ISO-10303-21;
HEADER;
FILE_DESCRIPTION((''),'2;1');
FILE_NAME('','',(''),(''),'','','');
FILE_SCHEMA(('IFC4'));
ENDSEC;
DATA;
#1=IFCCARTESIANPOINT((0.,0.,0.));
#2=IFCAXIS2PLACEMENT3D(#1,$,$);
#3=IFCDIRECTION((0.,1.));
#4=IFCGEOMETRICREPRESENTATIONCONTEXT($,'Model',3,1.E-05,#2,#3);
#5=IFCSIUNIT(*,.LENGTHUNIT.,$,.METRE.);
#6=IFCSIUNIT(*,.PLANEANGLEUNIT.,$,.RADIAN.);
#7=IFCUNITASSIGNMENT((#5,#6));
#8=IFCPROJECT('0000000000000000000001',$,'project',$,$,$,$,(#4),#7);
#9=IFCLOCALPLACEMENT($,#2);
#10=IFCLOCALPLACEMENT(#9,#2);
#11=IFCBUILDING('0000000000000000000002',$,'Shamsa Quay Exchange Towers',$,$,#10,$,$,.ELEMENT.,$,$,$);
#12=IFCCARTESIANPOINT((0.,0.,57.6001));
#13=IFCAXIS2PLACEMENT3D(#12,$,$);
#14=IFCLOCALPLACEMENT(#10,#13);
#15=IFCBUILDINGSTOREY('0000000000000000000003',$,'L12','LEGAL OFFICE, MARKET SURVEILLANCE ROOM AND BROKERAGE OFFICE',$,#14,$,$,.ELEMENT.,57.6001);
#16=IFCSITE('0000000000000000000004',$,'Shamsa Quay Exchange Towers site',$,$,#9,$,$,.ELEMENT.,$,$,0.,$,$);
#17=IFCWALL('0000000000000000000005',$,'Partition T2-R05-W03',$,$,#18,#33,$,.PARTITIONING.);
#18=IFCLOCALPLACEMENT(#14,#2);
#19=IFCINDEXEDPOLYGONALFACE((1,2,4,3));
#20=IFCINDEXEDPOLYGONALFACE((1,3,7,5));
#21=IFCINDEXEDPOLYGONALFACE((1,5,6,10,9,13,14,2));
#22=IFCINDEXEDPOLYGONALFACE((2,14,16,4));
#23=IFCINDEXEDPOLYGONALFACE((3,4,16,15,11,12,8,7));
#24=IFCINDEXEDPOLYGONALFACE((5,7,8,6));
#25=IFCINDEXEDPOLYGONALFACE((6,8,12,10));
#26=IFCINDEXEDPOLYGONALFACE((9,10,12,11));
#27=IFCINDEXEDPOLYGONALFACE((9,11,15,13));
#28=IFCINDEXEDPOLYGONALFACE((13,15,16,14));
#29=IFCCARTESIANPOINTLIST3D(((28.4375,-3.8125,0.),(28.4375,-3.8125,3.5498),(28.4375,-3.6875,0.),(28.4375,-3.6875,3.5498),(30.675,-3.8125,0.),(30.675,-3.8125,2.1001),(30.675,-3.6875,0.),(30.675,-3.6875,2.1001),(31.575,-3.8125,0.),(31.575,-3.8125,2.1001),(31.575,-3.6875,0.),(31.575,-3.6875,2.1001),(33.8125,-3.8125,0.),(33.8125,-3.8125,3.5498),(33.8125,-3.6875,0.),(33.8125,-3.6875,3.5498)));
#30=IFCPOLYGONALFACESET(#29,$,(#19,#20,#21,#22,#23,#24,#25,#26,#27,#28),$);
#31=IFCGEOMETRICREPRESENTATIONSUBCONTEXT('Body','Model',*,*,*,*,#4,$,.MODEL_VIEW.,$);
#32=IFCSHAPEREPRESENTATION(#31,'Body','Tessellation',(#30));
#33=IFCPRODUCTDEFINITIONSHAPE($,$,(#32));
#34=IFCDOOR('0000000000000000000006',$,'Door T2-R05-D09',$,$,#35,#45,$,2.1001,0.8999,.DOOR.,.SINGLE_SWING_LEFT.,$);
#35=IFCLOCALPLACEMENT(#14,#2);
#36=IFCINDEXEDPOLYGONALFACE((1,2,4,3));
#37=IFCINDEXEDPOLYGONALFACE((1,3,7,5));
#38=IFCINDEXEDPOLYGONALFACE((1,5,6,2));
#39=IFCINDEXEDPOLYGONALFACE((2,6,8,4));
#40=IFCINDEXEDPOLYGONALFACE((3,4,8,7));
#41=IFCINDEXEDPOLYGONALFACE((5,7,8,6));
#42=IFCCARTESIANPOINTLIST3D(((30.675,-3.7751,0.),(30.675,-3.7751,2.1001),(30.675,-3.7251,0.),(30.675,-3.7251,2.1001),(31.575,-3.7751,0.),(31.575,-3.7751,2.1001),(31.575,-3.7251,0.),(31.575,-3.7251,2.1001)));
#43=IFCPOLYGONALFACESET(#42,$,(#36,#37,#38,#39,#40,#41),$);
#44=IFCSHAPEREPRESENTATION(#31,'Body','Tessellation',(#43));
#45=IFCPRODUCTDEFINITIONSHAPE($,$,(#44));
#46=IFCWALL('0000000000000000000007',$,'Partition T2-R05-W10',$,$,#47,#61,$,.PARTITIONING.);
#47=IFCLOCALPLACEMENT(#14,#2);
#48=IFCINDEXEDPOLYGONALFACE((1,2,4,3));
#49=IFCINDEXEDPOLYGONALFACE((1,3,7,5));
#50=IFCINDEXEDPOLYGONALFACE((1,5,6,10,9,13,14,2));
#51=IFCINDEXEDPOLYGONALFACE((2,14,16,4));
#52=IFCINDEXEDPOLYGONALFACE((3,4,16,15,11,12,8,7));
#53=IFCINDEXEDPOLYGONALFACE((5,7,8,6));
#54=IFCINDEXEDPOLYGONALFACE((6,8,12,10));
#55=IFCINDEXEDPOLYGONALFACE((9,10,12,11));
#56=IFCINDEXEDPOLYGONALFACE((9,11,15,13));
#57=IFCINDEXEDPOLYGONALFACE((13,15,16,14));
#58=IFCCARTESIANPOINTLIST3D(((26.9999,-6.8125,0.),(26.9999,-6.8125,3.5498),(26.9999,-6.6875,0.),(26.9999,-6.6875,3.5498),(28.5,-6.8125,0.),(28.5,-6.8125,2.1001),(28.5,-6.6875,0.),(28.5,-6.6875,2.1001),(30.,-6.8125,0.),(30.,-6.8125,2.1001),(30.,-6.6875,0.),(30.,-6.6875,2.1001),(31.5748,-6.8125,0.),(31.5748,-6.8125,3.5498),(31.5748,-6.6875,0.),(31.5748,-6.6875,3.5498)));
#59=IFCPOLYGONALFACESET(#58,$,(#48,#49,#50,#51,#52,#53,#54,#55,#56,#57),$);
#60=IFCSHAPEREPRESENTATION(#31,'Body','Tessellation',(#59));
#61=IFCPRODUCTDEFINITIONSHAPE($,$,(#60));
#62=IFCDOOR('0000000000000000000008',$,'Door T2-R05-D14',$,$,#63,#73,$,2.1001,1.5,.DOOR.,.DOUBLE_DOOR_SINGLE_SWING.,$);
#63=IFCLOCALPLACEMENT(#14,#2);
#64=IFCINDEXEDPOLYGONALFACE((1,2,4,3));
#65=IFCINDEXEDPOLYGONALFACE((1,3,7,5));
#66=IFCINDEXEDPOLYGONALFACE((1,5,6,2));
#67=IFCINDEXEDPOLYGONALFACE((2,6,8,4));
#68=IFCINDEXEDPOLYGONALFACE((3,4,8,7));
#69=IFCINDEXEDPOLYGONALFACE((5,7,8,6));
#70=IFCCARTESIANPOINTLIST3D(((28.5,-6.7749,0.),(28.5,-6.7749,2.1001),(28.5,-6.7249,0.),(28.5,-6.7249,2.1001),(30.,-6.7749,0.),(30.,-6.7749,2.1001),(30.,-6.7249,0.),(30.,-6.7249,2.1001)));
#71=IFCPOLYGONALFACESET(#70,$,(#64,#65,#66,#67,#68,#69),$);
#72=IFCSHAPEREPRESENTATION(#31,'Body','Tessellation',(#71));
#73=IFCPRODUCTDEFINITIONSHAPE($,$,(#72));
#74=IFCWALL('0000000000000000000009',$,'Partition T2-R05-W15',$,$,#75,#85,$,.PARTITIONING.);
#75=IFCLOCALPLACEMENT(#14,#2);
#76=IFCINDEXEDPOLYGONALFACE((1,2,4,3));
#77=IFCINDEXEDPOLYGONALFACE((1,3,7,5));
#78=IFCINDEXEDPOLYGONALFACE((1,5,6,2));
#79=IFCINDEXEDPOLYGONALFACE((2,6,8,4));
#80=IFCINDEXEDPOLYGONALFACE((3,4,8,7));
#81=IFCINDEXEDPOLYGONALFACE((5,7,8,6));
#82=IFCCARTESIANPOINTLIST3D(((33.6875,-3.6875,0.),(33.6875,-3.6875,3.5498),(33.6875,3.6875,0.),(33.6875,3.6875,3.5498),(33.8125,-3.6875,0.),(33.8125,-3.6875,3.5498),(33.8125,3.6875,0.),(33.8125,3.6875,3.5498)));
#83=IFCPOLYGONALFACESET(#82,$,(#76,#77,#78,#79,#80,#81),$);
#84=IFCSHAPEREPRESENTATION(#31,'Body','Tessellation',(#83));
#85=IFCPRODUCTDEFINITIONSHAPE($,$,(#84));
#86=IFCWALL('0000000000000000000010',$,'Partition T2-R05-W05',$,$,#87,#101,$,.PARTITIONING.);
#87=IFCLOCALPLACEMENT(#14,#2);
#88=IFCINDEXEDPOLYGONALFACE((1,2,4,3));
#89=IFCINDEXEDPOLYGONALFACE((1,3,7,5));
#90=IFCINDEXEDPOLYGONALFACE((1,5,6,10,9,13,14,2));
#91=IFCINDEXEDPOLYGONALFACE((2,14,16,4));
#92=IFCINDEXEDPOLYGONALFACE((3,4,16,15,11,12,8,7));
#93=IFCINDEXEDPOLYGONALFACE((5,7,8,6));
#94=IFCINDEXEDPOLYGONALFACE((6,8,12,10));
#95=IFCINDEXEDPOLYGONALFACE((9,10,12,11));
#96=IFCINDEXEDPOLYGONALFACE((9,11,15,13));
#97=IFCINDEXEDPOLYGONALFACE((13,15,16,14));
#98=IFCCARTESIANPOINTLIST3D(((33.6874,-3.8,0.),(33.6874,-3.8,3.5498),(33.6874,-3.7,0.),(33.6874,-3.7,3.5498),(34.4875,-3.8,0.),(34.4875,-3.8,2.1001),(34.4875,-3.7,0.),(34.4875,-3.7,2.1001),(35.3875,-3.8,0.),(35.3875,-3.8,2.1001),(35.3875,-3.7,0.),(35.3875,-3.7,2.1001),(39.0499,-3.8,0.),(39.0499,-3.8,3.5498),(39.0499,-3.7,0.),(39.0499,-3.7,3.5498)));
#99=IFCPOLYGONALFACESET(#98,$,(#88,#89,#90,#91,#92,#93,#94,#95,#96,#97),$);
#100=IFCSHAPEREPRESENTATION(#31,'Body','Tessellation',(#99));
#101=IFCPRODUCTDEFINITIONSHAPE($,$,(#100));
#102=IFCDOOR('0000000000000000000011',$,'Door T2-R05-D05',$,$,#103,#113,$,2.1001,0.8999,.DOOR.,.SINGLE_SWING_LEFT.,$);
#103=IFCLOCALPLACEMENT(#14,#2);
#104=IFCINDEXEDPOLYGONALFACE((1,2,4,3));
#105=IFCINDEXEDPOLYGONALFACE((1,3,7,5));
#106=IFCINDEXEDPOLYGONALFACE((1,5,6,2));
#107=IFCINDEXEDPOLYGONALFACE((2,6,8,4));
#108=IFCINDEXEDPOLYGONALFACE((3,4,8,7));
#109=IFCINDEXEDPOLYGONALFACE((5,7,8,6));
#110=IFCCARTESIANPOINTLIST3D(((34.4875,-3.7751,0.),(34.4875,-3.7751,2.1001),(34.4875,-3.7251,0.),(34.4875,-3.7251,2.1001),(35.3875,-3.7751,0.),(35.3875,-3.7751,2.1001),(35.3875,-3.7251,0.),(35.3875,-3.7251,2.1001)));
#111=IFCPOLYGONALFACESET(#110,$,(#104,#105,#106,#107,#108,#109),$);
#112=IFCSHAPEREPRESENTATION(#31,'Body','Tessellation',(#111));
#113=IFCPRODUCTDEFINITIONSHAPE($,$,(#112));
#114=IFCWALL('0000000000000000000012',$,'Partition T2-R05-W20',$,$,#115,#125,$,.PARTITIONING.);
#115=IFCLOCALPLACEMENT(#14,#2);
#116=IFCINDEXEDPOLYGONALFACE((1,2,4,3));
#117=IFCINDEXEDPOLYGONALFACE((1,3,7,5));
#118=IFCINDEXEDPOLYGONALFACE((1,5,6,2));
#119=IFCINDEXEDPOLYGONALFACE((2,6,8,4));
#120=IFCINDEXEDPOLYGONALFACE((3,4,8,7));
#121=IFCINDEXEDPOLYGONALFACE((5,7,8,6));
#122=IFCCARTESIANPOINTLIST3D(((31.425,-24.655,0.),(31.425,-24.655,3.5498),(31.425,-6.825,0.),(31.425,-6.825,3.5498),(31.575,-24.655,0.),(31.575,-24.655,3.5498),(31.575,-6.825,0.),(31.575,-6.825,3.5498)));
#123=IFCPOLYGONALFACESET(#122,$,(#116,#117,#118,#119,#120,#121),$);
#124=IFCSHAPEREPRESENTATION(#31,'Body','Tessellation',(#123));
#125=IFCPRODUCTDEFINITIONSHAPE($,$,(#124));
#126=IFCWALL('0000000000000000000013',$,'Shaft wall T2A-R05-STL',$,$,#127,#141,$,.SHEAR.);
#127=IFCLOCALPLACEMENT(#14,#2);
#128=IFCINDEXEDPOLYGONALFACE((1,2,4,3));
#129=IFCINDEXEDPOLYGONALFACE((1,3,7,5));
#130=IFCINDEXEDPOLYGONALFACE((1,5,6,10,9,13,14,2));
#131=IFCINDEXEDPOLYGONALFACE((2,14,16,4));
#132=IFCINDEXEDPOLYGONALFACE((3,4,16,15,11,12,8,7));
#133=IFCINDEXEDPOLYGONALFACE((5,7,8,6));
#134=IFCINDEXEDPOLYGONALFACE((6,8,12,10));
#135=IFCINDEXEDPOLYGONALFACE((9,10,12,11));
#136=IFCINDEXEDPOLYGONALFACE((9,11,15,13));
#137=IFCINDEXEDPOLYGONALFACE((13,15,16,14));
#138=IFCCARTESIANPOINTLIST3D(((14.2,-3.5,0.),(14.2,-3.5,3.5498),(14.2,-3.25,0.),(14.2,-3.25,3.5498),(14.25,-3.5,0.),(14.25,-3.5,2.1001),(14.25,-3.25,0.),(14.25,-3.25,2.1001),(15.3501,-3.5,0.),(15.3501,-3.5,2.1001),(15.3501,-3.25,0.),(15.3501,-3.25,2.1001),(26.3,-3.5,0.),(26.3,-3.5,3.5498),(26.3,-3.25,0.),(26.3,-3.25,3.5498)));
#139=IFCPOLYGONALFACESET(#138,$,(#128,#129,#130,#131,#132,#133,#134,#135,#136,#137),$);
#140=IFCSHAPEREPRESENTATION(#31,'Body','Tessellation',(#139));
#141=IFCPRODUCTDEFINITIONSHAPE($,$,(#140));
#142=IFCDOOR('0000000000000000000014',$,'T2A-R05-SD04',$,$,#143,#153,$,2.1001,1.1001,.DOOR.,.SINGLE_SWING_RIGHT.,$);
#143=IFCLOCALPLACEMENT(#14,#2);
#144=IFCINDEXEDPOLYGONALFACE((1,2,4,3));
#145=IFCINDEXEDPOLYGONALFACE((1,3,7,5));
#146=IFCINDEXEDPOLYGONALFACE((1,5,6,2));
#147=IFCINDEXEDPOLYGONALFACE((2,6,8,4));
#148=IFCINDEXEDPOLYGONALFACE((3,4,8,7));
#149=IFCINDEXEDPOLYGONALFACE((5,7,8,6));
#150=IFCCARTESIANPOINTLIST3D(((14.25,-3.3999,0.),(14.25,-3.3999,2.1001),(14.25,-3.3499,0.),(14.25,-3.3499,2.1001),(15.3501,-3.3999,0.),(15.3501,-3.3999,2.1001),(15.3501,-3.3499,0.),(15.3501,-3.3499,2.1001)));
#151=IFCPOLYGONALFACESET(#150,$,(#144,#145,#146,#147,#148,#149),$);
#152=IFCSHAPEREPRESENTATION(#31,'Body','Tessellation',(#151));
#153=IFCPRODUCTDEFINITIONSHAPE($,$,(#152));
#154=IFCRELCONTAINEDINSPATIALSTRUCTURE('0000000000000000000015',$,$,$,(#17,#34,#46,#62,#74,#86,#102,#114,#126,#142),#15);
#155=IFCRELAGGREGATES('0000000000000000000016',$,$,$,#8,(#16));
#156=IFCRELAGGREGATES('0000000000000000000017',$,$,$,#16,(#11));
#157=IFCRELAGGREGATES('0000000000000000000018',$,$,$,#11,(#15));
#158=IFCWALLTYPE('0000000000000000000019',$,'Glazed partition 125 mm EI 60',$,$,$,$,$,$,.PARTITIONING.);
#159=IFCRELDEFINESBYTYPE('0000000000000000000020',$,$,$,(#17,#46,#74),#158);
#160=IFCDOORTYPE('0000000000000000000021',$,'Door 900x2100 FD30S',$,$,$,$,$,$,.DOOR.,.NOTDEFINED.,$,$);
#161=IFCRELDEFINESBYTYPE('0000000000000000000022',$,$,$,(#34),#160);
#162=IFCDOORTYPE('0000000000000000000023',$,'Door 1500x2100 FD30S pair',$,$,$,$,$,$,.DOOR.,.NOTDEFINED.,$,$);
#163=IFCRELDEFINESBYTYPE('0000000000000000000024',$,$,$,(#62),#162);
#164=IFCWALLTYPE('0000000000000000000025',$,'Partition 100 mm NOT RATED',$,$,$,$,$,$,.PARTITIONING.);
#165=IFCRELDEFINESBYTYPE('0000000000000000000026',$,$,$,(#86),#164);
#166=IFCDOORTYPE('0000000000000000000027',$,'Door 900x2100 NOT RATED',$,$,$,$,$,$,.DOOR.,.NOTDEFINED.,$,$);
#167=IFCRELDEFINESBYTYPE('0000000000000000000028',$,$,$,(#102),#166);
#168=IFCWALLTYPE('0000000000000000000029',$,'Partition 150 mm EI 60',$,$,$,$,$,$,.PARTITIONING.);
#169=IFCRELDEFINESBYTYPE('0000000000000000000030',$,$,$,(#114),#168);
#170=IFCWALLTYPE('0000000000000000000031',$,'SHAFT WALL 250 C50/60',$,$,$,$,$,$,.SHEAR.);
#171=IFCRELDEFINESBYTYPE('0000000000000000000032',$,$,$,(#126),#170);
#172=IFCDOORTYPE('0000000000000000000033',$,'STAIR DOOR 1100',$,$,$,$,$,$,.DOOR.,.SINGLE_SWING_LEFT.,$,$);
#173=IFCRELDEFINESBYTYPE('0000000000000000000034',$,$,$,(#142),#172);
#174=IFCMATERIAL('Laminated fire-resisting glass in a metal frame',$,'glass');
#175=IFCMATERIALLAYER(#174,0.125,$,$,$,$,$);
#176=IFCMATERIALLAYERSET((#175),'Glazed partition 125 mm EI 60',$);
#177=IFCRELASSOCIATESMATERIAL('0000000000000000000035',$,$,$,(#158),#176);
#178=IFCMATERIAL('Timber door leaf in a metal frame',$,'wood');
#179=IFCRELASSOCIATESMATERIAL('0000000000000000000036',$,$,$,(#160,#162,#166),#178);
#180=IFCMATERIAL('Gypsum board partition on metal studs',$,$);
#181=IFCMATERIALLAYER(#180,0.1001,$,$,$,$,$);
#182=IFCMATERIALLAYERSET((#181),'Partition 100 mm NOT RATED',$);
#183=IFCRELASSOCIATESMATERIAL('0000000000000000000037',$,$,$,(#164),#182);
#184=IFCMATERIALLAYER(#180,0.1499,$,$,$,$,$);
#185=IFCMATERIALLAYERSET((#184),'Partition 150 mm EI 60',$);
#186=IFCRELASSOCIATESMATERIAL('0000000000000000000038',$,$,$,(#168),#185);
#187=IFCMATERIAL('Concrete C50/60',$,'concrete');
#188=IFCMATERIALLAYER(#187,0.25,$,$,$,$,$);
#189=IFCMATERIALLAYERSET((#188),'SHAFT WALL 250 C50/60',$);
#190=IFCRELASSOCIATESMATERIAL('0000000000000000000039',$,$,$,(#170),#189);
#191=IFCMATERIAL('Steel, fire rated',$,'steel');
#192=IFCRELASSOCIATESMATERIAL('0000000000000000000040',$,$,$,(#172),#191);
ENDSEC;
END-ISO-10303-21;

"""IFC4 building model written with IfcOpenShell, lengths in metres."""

from ifc_helpers import new_model, si_unit, direction, frame, frame_2d, origin, place, context, subcontext, project, spatial, rectangle, extrude, material, layer, layer_set, type_object, element, fill, save


model = new_model("IFC4")

# Units and contexts
model_context = context("Model", 3, precision=1e-05, world=origin(), true_north=direction((0.0, 1.0)))
body_context = subcontext(model_context, "Body", "Model", "MODEL_VIEW")
ifc_project = project(units=[si_unit("LENGTHUNIT", "METRE"), si_unit("PLANEANGLEUNIT", "RADIAN")], contexts=[model_context])

# Site, building, storey
site_placement = place(None, origin())
site = spatial("IfcSite", under=ifc_project, at=site_placement, Name="Shamsa Quay Exchange Towers site", CompositionType="ELEMENT", RefElevation=0.0)
building_placement = place(site_placement, origin())
building = spatial("IfcBuilding", under=site, at=building_placement, Name="Shamsa Quay Exchange Towers", CompositionType="ELEMENT")
storey_placement = place(building_placement, frame((0.0, 0.0, 57.6001)))
storey = spatial("IfcBuildingStorey", under=building, at=storey_placement, Name="L12", Description="LEGAL OFFICE, MARKET SURVEILLANCE ROOM AND BROKERAGE OFFICE", CompositionType="ELEMENT", Elevation=57.6001)

# Walls, openings, doors
ifc_material_1 = material(Name="Laminated fire-resisting glass in a metal frame", Category="glass")
ifc_layer_1 = layer(ifc_material_1, 0.125)
ifc_layer_set_1 = layer_set([ifc_layer_1], Name="Glazed partition 125 mm EI 60")
wall_type_1 = type_object("IfcWallType", Name="Glazed partition 125 mm EI 60", PredefinedType="PARTITIONING", material=ifc_layer_set_1)
wall_1_placement = place(storey_placement, frame((28.4375, -3.75, 0.0)))
wall_1 = element("IfcWall", 1, at=wall_1_placement, inside=storey, type_object=wall_type_1, Name="Partition T2-R05-W03", PredefinedType="PARTITIONING", context=body_context, shape_type="SweptSolid", body=[
    extrude(rectangle(XDim=5.375, YDim=0.125, at=frame_2d((2.6875, 0.0))), origin(), (0.0, 0.0, 1.0), 3.5498),
])
opening_1_placement = place(wall_1_placement, frame((2.2375, 0.0, 0.0)))
opening_1 = element("IfcOpeningElement", 2, at=opening_1_placement, cuts=wall_1, PredefinedType="OPENING", context=body_context, shape_type="SweptSolid", body=[
    extrude(rectangle(XDim=0.8999, YDim=2.1001, at=frame_2d((0.45, 1.05))), frame((0.0, 0.0725, 0.0), z_axis=(0.0, -1.0, 0.0), x_axis=(1.0, 0.0, 0.0)), (0.0, 0.0, 1.0), 0.145),
])
ifc_material_2 = material(Name="Timber door leaf in a metal frame", Category="wood")
door_type_1 = type_object("IfcDoorType", Name="Door 900x2100 FD30S", OperationType="NOTDEFINED", PredefinedType="DOOR", material=ifc_material_2)
door_1_placement = place(opening_1_placement, origin())
door_1 = element("IfcDoor", 3, at=door_1_placement, inside=storey, type_object=door_type_1, Name="Door T2-R05-D09", OperationType="SINGLE_SWING_LEFT", OverallHeight=2.1001, OverallWidth=0.8999, PredefinedType="DOOR", context=body_context, shape_type="SweptSolid", body=[
    extrude(rectangle(XDim=0.8999, YDim=2.1001, at=frame_2d((0.45, 1.05))), frame((0.0, 0.0249, 0.0), z_axis=(0.0, -1.0, 0.0), x_axis=(1.0, 0.0, 0.0)), (0.0, 0.0, 1.0), 0.05),
])
fill(opening_1, door_1)
wall_2_placement = place(storey_placement, frame((31.575, -6.75, 0.0), z_axis=(0.0, 0.0, 1.0), x_axis=(-1.0, 0.0, 0.0)))
wall_2 = element("IfcWall", 4, at=wall_2_placement, inside=storey, type_object=wall_type_1, Name="Partition T2-R05-W10", PredefinedType="PARTITIONING", context=body_context, shape_type="SweptSolid", body=[
    extrude(rectangle(XDim=4.575, YDim=0.125, at=frame_2d((2.2876, 0.0))), origin(), (0.0, 0.0, 1.0), 3.5498),
])
opening_2_placement = place(wall_2_placement, frame((1.575, 0.0, 0.0)))
opening_2 = element("IfcOpeningElement", 5, at=opening_2_placement, cuts=wall_2, PredefinedType="OPENING", context=body_context, shape_type="SweptSolid", body=[
    extrude(rectangle(XDim=1.5, YDim=2.1001, at=frame_2d((0.75, 1.05))), frame((0.0, 0.0725, 0.0), z_axis=(0.0, -1.0, 0.0), x_axis=(1.0, 0.0, 0.0)), (0.0, 0.0, 1.0), 0.145),
])
door_type_2 = type_object("IfcDoorType", Name="Door 1500x2100 FD30S pair", OperationType="NOTDEFINED", PredefinedType="DOOR", material=ifc_material_2)
door_2_placement = place(opening_2_placement, origin())
door_2 = element("IfcDoor", 6, at=door_2_placement, inside=storey, type_object=door_type_2, Name="Door T2-R05-D14", OperationType="DOUBLE_DOOR_SINGLE_SWING", OverallHeight=2.1001, OverallWidth=1.5, PredefinedType="DOOR", context=body_context, shape_type="SweptSolid", body=[
    extrude(rectangle(XDim=1.5, YDim=2.1001, at=frame_2d((0.75, 1.05))), frame((0.0, 0.0249, 0.0), z_axis=(0.0, -1.0, 0.0), x_axis=(1.0, 0.0, 0.0)), (0.0, 0.0, 1.0), 0.05),
])
fill(opening_2, door_2)

# Wall
wall_3_placement = place(storey_placement, frame((33.75, -3.6875, 0.0), z_axis=(0.0, 0.0, 1.0), x_axis=(0.0, 1.0, 0.0)))
element("IfcWall", 7, at=wall_3_placement, inside=storey, type_object=wall_type_1, Name="Partition T2-R05-W15", PredefinedType="PARTITIONING", context=body_context, shape_type="SweptSolid", body=[
    extrude(rectangle(XDim=7.375, YDim=0.125, at=frame_2d((3.6875, 0.0))), origin(), (0.0, 0.0, 1.0), 3.5498),
])

# Wall, opening, door
ifc_material_3 = material(Name="Gypsum board partition on metal studs")
ifc_layer_2 = layer(ifc_material_3, 0.1001)
ifc_layer_set_2 = layer_set([ifc_layer_2], Name="Partition 100 mm NOT RATED")
wall_type_2 = type_object("IfcWallType", Name="Partition 100 mm NOT RATED", PredefinedType="PARTITIONING", material=ifc_layer_set_2)
wall_4_placement = place(storey_placement, frame((33.6875, -3.75, 0.0)))
wall_4 = element("IfcWall", 8, at=wall_4_placement, inside=storey, type_object=wall_type_2, Name="Partition T2-R05-W05", PredefinedType="PARTITIONING", context=body_context, shape_type="SweptSolid", body=[
    extrude(rectangle(XDim=5.3625, YDim=0.1001, at=frame_2d((2.6812, 0.0))), origin(), (0.0, 0.0, 1.0), 3.5498),
])
opening_3_placement = place(wall_4_placement, frame((0.8, 0.0, 0.0)))
opening_3 = element("IfcOpeningElement", 9, at=opening_3_placement, cuts=wall_4, PredefinedType="OPENING", context=body_context, shape_type="SweptSolid", body=[
    extrude(rectangle(XDim=0.8999, YDim=2.1001, at=frame_2d((0.45, 1.05))), frame((0.0, 0.0601, 0.0), z_axis=(0.0, -1.0, 0.0), x_axis=(1.0, 0.0, 0.0)), (0.0, 0.0, 1.0), 0.1201),
])
door_type_3 = type_object("IfcDoorType", Name="Door 900x2100 NOT RATED", OperationType="NOTDEFINED", PredefinedType="DOOR", material=ifc_material_2)
door_3_placement = place(opening_3_placement, origin())
door_3 = element("IfcDoor", 10, at=door_3_placement, inside=storey, type_object=door_type_3, Name="Door T2-R05-D05", OperationType="SINGLE_SWING_LEFT", OverallHeight=2.1001, OverallWidth=0.8999, PredefinedType="DOOR", context=body_context, shape_type="SweptSolid", body=[
    extrude(rectangle(XDim=0.8999, YDim=2.1001, at=frame_2d((0.45, 1.05))), frame((0.0, 0.0249, 0.0), z_axis=(0.0, -1.0, 0.0), x_axis=(1.0, 0.0, 0.0)), (0.0, 0.0, 1.0), 0.05),
])
fill(opening_3, door_3)

# Wall
ifc_layer_3 = layer(ifc_material_3, 0.1499)
ifc_layer_set_3 = layer_set([ifc_layer_3], Name="Partition 150 mm EI 60")
wall_type_3 = type_object("IfcWallType", Name="Partition 150 mm EI 60", PredefinedType="PARTITIONING", material=ifc_layer_set_3)
wall_5_placement = place(storey_placement, frame((31.5, -6.825, 0.0), z_axis=(0.0, 0.0, 1.0), x_axis=(0.0, -1.0, 0.0)))
element("IfcWall", 11, at=wall_5_placement, inside=storey, type_object=wall_type_3, Name="Partition T2-R05-W20", PredefinedType="PARTITIONING", context=body_context, shape_type="SweptSolid", body=[
    extrude(rectangle(XDim=17.8301, YDim=0.1499, at=frame_2d((8.915, 0.0))), origin(), (0.0, 0.0, 1.0), 3.5498),
])

# Wall, opening, door
ifc_material_4 = material(Name="Concrete C50/60", Category="concrete")
ifc_layer_4 = layer(ifc_material_4, 0.25)
ifc_layer_set_4 = layer_set([ifc_layer_4], Name="SHAFT WALL 250 C50/60")
wall_type_4 = type_object("IfcWallType", Name="SHAFT WALL 250 C50/60", PredefinedType="SHEAR", material=ifc_layer_set_4)
wall_6_placement = place(storey_placement, frame((26.3, -3.375, 0.0), z_axis=(0.0, 0.0, 1.0), x_axis=(-1.0, 0.0, 0.0)))
wall_6 = element("IfcWall", 12, at=wall_6_placement, inside=storey, type_object=wall_type_4, Name="Shaft wall T2A-R05-STL", PredefinedType="SHEAR", context=body_context, shape_type="SweptSolid", body=[
    extrude(rectangle(XDim=12.1001, YDim=0.25, at=frame_2d((6.05, 0.0))), origin(), (0.0, 0.0, 1.0), 3.5498),
])
opening_4_placement = place(wall_6_placement, frame((10.95, 0.0, 0.0)))
opening_4 = element("IfcOpeningElement", 13, at=opening_4_placement, cuts=wall_6, PredefinedType="OPENING", context=body_context, shape_type="SweptSolid", body=[
    extrude(rectangle(XDim=1.1001, YDim=2.1001, at=frame_2d((0.55, 1.05))), frame((0.0, 0.135, 0.0), z_axis=(0.0, -1.0, 0.0), x_axis=(1.0, 0.0, 0.0)), (0.0, 0.0, 1.0), 0.27),
])
ifc_material_5 = material(Name="Steel, fire rated", Category="steel")
door_type_4 = type_object("IfcDoorType", Name="STAIR DOOR 1100", OperationType="SINGLE_SWING_LEFT", PredefinedType="DOOR", material=ifc_material_5)
door_4_placement = place(opening_4_placement, origin())
door_4 = element("IfcDoor", 14, at=door_4_placement, inside=storey, type_object=door_type_4, Name="T2A-R05-SD04", OperationType="SINGLE_SWING_RIGHT", OverallHeight=2.1001, OverallWidth=1.1001, PredefinedType="DOOR", context=body_context, shape_type="SweptSolid", body=[
    extrude(rectangle(XDim=1.1001, YDim=2.1001, at=frame_2d((0.55, 1.05))), frame((0.0, 0.0249, 0.0), z_axis=(0.0, -1.0, 0.0), x_axis=(1.0, 0.0, 0.0)), (0.0, 0.0, 1.0), 0.05),
])
fill(opening_4, door_4)

save(model, "model.ifc")
